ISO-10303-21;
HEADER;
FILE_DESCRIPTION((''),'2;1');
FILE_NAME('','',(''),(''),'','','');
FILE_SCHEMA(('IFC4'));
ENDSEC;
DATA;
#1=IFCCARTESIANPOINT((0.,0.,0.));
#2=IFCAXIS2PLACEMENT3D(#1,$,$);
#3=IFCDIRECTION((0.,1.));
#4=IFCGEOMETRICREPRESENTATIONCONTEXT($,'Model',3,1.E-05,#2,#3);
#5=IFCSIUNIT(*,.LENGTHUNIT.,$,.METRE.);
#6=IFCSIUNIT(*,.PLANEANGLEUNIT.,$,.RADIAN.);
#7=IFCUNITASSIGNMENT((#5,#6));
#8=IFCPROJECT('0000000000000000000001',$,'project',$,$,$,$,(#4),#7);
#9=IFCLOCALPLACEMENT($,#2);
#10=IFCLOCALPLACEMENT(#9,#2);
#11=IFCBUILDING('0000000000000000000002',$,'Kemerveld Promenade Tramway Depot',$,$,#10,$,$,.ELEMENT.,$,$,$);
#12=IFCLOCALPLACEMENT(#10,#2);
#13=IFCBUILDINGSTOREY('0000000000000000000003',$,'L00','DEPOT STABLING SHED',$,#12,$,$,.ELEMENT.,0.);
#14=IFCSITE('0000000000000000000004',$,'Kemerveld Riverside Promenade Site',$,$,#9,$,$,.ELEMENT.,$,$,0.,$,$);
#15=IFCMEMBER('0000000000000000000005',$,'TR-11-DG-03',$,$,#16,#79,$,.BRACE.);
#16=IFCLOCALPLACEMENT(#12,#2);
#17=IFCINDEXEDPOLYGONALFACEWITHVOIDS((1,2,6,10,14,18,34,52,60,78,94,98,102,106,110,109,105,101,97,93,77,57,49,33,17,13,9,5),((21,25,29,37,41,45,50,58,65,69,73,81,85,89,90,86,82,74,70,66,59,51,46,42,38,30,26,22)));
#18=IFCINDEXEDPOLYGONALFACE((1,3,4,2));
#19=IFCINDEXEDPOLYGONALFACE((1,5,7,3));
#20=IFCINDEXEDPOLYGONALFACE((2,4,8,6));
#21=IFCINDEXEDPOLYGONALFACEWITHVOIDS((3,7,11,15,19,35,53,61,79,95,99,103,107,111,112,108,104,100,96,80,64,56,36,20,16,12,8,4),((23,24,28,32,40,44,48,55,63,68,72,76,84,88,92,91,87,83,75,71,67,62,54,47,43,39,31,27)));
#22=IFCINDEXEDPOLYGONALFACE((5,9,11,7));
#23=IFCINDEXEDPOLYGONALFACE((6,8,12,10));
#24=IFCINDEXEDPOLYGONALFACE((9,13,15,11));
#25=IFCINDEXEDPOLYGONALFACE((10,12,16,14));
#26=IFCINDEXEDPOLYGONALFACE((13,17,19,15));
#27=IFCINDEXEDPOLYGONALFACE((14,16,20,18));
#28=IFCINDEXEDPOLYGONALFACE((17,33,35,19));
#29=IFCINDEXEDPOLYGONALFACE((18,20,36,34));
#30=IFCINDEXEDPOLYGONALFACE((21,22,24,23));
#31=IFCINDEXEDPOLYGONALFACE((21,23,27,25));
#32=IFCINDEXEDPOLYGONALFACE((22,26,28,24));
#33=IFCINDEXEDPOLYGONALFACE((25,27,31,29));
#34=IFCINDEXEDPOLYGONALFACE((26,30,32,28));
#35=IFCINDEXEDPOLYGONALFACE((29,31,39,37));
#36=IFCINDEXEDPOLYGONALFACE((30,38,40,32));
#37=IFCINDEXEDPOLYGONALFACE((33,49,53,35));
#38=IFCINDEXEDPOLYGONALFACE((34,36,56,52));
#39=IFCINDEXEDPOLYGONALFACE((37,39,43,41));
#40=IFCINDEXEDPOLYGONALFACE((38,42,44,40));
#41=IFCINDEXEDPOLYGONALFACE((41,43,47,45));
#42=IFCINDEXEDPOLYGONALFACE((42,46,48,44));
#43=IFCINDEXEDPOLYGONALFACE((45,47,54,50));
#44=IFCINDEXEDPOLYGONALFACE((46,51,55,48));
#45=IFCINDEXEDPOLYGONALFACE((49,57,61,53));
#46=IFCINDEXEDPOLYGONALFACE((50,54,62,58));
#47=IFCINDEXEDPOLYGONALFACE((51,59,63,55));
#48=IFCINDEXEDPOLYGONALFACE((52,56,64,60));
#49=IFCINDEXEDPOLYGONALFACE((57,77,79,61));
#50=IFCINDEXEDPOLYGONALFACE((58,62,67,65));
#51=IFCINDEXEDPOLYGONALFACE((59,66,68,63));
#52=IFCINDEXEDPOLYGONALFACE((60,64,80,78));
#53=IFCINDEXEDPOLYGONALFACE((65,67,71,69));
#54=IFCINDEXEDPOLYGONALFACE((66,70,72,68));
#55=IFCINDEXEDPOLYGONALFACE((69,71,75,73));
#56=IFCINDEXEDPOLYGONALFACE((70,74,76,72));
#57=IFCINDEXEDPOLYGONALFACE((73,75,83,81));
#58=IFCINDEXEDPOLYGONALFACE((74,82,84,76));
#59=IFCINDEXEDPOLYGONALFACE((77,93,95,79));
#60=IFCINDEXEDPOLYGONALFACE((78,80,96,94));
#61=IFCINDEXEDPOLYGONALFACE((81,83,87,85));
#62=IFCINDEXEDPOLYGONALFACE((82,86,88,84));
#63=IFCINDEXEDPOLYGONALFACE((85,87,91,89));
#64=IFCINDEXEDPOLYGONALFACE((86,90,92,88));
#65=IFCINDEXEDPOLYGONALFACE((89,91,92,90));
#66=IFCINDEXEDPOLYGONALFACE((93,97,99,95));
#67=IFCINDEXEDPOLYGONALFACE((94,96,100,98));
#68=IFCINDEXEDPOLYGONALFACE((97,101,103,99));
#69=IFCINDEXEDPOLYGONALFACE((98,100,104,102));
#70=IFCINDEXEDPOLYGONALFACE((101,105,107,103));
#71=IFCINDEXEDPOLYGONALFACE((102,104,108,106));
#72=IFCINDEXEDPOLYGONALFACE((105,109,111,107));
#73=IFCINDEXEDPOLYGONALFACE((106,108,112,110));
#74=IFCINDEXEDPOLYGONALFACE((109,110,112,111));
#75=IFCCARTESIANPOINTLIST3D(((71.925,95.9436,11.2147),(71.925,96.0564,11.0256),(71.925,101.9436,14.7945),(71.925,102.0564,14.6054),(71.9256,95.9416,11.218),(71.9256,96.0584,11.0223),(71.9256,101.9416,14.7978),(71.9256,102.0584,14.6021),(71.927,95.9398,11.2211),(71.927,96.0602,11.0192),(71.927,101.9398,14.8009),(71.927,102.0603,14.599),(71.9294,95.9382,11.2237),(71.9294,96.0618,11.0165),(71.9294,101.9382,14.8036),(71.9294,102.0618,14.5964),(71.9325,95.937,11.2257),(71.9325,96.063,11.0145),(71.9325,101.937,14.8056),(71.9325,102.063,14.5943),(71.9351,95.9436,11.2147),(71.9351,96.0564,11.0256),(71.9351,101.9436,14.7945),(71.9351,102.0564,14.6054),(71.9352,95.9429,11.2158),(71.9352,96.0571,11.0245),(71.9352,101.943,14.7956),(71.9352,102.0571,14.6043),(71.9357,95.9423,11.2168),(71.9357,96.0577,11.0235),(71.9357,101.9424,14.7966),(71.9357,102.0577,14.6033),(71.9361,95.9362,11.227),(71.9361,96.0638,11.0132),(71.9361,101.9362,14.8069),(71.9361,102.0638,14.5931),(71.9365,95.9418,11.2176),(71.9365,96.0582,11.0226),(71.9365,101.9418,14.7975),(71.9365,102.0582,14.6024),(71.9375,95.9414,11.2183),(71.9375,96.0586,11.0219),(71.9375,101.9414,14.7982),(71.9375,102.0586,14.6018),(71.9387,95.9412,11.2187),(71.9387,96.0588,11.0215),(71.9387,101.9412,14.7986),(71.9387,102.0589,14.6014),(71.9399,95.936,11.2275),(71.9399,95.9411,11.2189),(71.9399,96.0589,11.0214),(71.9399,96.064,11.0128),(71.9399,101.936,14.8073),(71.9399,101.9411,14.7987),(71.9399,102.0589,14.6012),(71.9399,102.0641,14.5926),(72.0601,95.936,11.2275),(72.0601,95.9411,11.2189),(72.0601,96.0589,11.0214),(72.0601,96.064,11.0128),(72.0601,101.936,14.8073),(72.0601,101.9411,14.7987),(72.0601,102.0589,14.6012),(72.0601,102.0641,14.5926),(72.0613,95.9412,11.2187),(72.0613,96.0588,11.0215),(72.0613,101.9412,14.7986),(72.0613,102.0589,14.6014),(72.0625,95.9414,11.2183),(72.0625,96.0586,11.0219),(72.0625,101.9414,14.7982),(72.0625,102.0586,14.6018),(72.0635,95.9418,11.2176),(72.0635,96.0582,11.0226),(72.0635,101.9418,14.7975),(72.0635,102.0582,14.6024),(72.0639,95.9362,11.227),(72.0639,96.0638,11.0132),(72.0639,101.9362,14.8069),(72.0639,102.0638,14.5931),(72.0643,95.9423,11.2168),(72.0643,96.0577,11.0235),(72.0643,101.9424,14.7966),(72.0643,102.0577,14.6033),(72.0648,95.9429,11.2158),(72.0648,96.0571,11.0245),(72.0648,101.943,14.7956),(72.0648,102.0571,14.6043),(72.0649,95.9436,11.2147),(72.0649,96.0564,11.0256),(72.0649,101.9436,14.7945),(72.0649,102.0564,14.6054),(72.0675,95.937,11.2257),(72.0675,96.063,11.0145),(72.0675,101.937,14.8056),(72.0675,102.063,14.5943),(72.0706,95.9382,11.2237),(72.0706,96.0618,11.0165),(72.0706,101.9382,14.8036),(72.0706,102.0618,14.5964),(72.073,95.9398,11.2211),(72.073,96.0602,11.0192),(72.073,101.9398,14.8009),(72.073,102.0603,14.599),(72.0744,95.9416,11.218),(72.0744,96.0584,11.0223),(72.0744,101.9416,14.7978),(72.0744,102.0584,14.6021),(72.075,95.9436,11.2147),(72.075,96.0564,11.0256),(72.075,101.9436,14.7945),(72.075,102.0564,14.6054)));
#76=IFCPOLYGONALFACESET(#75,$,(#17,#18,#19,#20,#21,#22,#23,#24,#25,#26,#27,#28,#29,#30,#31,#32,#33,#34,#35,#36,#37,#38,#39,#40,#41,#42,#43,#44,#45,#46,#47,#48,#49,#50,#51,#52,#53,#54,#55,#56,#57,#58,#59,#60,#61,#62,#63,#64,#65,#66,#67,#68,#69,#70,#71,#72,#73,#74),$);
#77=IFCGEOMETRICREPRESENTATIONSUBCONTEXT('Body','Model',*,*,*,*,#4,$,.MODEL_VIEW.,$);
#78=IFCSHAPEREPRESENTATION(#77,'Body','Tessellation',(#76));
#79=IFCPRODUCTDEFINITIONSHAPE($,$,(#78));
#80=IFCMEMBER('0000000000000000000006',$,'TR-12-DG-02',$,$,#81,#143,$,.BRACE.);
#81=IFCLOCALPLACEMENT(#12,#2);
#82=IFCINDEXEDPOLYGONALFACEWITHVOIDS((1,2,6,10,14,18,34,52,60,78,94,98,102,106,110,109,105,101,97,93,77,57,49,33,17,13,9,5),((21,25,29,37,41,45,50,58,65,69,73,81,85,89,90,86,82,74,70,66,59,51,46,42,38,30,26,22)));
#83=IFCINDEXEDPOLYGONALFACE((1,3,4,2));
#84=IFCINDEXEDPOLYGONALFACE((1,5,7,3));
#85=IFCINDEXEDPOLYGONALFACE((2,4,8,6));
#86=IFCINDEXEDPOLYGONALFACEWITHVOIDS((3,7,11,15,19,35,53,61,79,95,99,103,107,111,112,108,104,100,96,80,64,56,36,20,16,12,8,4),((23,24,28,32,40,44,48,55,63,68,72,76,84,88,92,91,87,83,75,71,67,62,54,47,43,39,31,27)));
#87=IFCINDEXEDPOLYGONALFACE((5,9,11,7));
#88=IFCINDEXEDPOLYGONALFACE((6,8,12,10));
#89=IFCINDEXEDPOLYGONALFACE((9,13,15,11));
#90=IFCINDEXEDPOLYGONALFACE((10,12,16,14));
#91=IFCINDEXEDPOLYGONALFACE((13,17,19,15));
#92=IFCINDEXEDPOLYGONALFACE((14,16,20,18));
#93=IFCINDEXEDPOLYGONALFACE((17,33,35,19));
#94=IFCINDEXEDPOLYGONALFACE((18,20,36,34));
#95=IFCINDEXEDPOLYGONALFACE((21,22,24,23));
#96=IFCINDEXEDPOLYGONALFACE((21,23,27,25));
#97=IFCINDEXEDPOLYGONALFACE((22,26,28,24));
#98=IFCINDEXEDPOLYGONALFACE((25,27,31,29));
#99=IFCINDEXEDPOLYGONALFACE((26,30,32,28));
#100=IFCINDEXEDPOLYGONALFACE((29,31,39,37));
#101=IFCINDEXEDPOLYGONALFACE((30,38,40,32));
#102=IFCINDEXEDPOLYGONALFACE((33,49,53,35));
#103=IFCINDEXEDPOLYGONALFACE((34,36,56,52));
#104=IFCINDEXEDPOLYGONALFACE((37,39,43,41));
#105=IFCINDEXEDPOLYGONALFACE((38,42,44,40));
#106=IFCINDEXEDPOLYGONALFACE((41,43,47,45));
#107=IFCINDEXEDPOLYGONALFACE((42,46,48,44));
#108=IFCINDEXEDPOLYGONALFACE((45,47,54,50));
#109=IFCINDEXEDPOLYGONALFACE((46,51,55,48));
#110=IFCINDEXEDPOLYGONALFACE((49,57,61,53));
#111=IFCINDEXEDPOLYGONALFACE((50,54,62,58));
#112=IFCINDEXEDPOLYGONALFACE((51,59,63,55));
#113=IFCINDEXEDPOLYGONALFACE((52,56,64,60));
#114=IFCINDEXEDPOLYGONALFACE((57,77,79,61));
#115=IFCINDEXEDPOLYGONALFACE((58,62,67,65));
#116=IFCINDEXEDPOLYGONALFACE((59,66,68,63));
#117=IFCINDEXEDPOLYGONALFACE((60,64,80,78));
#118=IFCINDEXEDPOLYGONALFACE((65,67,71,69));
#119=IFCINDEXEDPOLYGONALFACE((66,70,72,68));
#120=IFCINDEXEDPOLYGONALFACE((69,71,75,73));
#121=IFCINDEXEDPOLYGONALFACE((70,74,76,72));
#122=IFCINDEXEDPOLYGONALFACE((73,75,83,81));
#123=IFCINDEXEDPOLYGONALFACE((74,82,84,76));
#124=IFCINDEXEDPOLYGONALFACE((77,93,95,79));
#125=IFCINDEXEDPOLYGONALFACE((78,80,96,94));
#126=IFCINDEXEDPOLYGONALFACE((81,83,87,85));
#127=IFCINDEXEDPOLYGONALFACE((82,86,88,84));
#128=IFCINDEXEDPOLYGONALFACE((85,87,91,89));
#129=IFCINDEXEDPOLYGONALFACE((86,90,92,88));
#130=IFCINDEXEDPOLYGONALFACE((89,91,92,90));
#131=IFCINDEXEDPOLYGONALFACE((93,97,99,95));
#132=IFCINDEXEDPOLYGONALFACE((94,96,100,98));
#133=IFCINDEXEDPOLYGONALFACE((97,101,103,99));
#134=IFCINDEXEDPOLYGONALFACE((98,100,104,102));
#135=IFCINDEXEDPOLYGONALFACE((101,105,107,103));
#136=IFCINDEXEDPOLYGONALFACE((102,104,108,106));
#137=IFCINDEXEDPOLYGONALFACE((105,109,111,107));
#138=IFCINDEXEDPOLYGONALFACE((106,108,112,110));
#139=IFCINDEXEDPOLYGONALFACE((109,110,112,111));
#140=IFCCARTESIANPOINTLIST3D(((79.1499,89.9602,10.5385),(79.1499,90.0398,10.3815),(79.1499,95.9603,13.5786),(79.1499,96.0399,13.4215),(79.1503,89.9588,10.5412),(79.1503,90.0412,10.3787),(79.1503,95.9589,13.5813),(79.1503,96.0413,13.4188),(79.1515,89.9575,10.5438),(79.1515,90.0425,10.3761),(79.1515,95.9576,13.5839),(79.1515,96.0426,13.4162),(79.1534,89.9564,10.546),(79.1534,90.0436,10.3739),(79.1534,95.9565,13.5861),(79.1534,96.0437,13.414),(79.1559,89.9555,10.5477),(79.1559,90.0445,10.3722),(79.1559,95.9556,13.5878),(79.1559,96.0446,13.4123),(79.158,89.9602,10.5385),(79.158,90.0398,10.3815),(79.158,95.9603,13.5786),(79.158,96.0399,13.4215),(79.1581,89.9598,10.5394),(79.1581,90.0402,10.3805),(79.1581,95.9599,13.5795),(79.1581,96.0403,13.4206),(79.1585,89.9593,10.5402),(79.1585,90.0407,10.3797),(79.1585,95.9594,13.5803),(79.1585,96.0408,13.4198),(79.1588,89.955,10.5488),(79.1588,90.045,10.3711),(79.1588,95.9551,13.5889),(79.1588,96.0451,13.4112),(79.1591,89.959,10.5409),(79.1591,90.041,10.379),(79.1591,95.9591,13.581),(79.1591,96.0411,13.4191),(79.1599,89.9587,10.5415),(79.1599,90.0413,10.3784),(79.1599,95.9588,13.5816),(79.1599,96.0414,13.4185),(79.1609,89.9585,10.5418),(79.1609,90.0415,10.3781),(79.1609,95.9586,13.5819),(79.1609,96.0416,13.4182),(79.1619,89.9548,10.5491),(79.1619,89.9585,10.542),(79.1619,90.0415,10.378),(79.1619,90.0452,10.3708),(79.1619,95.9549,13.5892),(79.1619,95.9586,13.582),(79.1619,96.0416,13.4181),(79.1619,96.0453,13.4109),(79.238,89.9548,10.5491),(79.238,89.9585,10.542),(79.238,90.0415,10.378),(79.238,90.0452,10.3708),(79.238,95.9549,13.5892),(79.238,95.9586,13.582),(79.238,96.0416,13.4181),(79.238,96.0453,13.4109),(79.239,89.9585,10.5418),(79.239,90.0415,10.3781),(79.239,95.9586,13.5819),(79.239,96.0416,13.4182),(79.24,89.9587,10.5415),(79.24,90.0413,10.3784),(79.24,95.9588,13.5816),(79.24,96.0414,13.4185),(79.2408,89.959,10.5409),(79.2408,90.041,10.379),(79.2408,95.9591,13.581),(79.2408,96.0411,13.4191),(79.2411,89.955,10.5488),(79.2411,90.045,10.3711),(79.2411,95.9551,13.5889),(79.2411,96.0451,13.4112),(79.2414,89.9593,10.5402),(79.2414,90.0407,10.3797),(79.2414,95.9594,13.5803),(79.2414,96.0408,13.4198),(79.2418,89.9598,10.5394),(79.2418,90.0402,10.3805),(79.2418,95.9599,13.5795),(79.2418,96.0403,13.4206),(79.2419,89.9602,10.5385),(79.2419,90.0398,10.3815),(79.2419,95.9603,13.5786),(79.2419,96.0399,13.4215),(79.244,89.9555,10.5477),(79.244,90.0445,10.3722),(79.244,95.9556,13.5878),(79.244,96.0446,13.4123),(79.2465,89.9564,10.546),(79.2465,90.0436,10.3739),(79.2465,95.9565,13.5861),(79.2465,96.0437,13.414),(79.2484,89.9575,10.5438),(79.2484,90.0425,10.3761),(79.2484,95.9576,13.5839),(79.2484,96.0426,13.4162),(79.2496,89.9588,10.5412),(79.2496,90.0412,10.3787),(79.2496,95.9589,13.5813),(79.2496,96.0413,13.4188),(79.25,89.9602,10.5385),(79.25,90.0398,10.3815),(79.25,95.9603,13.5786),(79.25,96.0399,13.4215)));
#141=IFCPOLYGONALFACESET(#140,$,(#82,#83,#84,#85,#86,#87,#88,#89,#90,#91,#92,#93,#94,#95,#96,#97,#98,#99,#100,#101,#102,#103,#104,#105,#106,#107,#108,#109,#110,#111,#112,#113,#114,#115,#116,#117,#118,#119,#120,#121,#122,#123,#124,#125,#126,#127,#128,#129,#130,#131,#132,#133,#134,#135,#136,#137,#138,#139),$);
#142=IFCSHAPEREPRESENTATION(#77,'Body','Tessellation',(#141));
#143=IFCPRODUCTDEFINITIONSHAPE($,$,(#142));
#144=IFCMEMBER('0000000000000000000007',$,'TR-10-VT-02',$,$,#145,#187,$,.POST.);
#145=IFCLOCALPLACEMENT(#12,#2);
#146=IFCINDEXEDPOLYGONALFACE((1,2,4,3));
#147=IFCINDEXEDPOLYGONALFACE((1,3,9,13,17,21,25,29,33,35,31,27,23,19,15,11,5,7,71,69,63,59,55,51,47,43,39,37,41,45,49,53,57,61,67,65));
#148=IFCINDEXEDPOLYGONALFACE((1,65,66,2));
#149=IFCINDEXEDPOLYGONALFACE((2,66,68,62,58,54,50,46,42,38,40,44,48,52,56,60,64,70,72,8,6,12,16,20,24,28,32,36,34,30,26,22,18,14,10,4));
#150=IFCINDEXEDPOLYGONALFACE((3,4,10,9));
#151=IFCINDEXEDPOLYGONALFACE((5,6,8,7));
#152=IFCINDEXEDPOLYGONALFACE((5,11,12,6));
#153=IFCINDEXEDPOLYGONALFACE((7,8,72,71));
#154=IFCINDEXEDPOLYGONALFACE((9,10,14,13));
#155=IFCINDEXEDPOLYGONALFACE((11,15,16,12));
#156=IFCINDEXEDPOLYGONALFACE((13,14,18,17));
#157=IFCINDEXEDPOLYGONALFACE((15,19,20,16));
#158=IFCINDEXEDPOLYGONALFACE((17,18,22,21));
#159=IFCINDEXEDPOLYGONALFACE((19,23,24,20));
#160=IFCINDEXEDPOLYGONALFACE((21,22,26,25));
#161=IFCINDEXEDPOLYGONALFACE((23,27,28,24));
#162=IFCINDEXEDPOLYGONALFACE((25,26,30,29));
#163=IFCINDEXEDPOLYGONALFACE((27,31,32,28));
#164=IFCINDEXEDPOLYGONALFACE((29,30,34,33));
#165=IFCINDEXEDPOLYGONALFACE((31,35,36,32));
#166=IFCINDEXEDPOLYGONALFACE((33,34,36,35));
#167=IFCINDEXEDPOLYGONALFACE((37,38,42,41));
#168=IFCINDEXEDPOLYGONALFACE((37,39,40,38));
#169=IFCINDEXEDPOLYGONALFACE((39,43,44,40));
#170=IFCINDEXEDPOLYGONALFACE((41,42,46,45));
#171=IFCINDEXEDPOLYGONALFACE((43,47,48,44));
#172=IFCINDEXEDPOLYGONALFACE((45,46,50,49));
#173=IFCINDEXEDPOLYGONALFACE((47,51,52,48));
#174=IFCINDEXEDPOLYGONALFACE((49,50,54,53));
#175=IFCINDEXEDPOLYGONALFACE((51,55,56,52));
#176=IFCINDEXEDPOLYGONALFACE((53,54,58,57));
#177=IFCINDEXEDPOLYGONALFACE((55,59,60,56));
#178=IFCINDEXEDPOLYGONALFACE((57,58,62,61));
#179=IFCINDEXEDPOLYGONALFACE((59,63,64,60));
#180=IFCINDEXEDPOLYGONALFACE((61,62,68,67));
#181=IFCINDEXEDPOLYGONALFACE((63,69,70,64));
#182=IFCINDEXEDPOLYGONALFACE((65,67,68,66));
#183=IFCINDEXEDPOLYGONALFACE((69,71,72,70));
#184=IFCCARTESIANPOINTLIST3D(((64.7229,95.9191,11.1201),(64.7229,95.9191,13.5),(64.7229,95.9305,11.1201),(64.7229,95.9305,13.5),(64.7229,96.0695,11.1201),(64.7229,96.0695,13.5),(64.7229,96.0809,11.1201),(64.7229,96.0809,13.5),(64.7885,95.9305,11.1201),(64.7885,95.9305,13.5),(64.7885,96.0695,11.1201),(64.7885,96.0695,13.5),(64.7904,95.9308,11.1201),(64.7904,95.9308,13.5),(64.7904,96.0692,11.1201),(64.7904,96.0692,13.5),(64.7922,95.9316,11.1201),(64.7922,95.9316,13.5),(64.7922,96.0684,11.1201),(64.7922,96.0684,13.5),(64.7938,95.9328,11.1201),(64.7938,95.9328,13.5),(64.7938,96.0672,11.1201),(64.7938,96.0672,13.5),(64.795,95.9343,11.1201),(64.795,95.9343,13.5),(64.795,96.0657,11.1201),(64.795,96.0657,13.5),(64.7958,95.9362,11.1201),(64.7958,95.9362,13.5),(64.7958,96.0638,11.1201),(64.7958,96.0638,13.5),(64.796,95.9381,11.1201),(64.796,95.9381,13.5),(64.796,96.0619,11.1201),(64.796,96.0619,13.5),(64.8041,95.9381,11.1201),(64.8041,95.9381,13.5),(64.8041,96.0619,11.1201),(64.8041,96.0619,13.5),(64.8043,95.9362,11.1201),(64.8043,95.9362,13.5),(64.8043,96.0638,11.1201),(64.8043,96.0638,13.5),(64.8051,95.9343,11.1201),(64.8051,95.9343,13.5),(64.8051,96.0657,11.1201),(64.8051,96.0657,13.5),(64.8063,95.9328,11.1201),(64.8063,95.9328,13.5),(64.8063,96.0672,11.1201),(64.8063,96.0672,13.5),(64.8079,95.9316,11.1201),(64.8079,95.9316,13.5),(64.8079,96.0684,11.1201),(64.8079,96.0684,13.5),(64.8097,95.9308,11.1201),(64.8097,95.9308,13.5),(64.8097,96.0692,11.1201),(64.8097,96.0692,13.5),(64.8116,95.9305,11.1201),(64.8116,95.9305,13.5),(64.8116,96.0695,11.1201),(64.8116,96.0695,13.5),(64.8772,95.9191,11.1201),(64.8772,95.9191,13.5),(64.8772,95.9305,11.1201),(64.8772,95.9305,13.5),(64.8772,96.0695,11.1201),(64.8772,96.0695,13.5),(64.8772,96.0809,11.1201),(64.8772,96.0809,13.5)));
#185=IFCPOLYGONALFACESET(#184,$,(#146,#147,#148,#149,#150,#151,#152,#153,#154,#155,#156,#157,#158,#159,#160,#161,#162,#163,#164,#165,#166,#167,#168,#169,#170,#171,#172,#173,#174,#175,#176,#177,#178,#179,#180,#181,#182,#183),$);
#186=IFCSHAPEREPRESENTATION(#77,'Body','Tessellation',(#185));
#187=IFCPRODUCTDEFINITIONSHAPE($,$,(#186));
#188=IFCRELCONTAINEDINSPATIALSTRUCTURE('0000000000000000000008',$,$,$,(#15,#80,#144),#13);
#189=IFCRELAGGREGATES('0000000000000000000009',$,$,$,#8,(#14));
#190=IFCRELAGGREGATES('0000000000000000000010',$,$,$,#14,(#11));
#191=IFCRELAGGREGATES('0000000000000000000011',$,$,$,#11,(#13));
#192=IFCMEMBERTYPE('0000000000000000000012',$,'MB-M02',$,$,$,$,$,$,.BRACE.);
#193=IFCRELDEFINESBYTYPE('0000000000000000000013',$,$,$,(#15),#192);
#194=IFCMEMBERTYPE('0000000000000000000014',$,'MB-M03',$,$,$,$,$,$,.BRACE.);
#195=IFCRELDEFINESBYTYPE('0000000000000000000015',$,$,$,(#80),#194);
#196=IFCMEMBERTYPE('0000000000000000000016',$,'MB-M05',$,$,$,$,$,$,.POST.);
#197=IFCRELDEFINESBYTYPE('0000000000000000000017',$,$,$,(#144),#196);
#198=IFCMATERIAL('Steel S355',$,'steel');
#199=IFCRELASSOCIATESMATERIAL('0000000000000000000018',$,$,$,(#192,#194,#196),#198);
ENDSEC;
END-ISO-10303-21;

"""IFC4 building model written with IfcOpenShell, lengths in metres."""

from ifc_helpers import new_model, si_unit, direction, frame, origin, origin_2d, place, context, subcontext, project, spatial, hollow_rectangle, i_section, extrude, material, material_profile, profile_set, type_object, element, save


model = new_model("IFC4")

# Units and contexts
model_context = context("Model", 3, precision=1e-05, world=origin(), true_north=direction((0.0, 1.0)))
body_context = subcontext(model_context, "Body", "Model", "MODEL_VIEW")
ifc_project = project(units=[si_unit("LENGTHUNIT", "METRE"), si_unit("PLANEANGLEUNIT", "RADIAN")], contexts=[model_context])

# Site, building, storey
site_placement = place(None, origin())
site = spatial("IfcSite", under=ifc_project, at=site_placement, Name="Kemerveld Riverside Promenade Site", CompositionType="ELEMENT", RefElevation=0.0)
building_placement = place(site_placement, origin())
building = spatial("IfcBuilding", under=site, at=building_placement, Name="Kemerveld Promenade Tramway Depot", CompositionType="ELEMENT")
storey_placement = place(building_placement, origin())
storey = spatial("IfcBuildingStorey", under=building, at=storey_placement, Name="L00", Description="DEPOT STABLING SHED", CompositionType="ELEMENT", Elevation=0.0)

# Members
ifc_material_1 = material(Name="Steel S355", Category="steel")
ifc_material_profile_1 = material_profile(ifc_material_1, hollow_rectangle(XDim=0.1499, YDim=0.25, WallThickness=0.01, InnerFilletRadius=0.0049, OuterFilletRadius=0.0149, at=origin_2d()), Name="250x150x10.0 RHS")
ifc_profile_set_1 = profile_set([ifc_material_profile_1], Name="Steel S355")
member_type_1 = type_object("IfcMemberType", Name="MB-M02", PredefinedType="BRACE", material=ifc_profile_set_1)
member_1_placement = place(storey_placement, frame((72.0, 96.0, 11.1201), z_axis=(0.0, 0.858764, 0.512372), x_axis=(-1.0, 0.0, 0.0)))
element("IfcMember", 1, at=member_1_placement, inside=storey, type_object=member_type_1, Name="TR-11-DG-03", PredefinedType="BRACE", context=body_context, shape_type="SweptSolid", body=[
    extrude(hollow_rectangle(XDim=0.1499, YDim=0.25, WallThickness=0.01, InnerFilletRadius=0.0049, OuterFilletRadius=0.0149, at=origin_2d()), origin(), (0.0, 0.0, 1.0), 6.9868),
])
ifc_material_profile_2 = material_profile(ifc_material_1, hollow_rectangle(XDim=0.1001, YDim=0.2, WallThickness=0.0081, InnerFilletRadius=0.0039, OuterFilletRadius=0.012, at=origin_2d()), Name="200x100x8.0 RHS")
ifc_profile_set_2 = profile_set([ifc_material_profile_2], Name="Steel S355")
member_type_2 = type_object("IfcMemberType", Name="MB-M03", PredefinedType="BRACE", material=ifc_profile_set_2)
member_2_placement = place(storey_placement, frame((79.2, 90.0, 10.46), z_axis=(0.0, 0.892033, 0.451969), x_axis=(-1.0, 0.0, 0.0)))
element("IfcMember", 2, at=member_2_placement, inside=storey, type_object=member_type_2, Name="TR-12-DG-02", PredefinedType="BRACE", context=body_context, shape_type="SweptSolid", body=[
    extrude(hollow_rectangle(XDim=0.1001, YDim=0.2, WallThickness=0.0081, InnerFilletRadius=0.0039, OuterFilletRadius=0.012, at=origin_2d()), origin(), (0.0, 0.0, 1.0), 6.7263),
])
ifc_material_profile_3 = material_profile(ifc_material_1, i_section(OverallWidth=0.1543, OverallDepth=0.1619, WebThickness=0.0081, FlangeThickness=0.0115, FilletRadius=0.0076, at=origin_2d()), Name="152x152x37 UC")
ifc_profile_set_3 = profile_set([ifc_material_profile_3], Name="Steel S355")
member_type_3 = type_object("IfcMemberType", Name="MB-M05", PredefinedType="POST", material=ifc_profile_set_3)
member_3_placement = place(storey_placement, frame((64.8, 96.0, 11.1201), z_axis=(0.0, 0.0, 1.0), x_axis=(1.0, 0.0, 0.0)))
element("IfcMember", 3, at=member_3_placement, inside=storey, type_object=member_type_3, Name="TR-10-VT-02", PredefinedType="POST", context=body_context, shape_type="SweptSolid", body=[
    extrude(i_section(OverallWidth=0.1543, OverallDepth=0.1619, WebThickness=0.0081, FlangeThickness=0.0115, FilletRadius=0.0076, at=origin_2d()), origin(), (0.0, 0.0, 1.0), 2.3799),
])

save(model, "model.ifc")
